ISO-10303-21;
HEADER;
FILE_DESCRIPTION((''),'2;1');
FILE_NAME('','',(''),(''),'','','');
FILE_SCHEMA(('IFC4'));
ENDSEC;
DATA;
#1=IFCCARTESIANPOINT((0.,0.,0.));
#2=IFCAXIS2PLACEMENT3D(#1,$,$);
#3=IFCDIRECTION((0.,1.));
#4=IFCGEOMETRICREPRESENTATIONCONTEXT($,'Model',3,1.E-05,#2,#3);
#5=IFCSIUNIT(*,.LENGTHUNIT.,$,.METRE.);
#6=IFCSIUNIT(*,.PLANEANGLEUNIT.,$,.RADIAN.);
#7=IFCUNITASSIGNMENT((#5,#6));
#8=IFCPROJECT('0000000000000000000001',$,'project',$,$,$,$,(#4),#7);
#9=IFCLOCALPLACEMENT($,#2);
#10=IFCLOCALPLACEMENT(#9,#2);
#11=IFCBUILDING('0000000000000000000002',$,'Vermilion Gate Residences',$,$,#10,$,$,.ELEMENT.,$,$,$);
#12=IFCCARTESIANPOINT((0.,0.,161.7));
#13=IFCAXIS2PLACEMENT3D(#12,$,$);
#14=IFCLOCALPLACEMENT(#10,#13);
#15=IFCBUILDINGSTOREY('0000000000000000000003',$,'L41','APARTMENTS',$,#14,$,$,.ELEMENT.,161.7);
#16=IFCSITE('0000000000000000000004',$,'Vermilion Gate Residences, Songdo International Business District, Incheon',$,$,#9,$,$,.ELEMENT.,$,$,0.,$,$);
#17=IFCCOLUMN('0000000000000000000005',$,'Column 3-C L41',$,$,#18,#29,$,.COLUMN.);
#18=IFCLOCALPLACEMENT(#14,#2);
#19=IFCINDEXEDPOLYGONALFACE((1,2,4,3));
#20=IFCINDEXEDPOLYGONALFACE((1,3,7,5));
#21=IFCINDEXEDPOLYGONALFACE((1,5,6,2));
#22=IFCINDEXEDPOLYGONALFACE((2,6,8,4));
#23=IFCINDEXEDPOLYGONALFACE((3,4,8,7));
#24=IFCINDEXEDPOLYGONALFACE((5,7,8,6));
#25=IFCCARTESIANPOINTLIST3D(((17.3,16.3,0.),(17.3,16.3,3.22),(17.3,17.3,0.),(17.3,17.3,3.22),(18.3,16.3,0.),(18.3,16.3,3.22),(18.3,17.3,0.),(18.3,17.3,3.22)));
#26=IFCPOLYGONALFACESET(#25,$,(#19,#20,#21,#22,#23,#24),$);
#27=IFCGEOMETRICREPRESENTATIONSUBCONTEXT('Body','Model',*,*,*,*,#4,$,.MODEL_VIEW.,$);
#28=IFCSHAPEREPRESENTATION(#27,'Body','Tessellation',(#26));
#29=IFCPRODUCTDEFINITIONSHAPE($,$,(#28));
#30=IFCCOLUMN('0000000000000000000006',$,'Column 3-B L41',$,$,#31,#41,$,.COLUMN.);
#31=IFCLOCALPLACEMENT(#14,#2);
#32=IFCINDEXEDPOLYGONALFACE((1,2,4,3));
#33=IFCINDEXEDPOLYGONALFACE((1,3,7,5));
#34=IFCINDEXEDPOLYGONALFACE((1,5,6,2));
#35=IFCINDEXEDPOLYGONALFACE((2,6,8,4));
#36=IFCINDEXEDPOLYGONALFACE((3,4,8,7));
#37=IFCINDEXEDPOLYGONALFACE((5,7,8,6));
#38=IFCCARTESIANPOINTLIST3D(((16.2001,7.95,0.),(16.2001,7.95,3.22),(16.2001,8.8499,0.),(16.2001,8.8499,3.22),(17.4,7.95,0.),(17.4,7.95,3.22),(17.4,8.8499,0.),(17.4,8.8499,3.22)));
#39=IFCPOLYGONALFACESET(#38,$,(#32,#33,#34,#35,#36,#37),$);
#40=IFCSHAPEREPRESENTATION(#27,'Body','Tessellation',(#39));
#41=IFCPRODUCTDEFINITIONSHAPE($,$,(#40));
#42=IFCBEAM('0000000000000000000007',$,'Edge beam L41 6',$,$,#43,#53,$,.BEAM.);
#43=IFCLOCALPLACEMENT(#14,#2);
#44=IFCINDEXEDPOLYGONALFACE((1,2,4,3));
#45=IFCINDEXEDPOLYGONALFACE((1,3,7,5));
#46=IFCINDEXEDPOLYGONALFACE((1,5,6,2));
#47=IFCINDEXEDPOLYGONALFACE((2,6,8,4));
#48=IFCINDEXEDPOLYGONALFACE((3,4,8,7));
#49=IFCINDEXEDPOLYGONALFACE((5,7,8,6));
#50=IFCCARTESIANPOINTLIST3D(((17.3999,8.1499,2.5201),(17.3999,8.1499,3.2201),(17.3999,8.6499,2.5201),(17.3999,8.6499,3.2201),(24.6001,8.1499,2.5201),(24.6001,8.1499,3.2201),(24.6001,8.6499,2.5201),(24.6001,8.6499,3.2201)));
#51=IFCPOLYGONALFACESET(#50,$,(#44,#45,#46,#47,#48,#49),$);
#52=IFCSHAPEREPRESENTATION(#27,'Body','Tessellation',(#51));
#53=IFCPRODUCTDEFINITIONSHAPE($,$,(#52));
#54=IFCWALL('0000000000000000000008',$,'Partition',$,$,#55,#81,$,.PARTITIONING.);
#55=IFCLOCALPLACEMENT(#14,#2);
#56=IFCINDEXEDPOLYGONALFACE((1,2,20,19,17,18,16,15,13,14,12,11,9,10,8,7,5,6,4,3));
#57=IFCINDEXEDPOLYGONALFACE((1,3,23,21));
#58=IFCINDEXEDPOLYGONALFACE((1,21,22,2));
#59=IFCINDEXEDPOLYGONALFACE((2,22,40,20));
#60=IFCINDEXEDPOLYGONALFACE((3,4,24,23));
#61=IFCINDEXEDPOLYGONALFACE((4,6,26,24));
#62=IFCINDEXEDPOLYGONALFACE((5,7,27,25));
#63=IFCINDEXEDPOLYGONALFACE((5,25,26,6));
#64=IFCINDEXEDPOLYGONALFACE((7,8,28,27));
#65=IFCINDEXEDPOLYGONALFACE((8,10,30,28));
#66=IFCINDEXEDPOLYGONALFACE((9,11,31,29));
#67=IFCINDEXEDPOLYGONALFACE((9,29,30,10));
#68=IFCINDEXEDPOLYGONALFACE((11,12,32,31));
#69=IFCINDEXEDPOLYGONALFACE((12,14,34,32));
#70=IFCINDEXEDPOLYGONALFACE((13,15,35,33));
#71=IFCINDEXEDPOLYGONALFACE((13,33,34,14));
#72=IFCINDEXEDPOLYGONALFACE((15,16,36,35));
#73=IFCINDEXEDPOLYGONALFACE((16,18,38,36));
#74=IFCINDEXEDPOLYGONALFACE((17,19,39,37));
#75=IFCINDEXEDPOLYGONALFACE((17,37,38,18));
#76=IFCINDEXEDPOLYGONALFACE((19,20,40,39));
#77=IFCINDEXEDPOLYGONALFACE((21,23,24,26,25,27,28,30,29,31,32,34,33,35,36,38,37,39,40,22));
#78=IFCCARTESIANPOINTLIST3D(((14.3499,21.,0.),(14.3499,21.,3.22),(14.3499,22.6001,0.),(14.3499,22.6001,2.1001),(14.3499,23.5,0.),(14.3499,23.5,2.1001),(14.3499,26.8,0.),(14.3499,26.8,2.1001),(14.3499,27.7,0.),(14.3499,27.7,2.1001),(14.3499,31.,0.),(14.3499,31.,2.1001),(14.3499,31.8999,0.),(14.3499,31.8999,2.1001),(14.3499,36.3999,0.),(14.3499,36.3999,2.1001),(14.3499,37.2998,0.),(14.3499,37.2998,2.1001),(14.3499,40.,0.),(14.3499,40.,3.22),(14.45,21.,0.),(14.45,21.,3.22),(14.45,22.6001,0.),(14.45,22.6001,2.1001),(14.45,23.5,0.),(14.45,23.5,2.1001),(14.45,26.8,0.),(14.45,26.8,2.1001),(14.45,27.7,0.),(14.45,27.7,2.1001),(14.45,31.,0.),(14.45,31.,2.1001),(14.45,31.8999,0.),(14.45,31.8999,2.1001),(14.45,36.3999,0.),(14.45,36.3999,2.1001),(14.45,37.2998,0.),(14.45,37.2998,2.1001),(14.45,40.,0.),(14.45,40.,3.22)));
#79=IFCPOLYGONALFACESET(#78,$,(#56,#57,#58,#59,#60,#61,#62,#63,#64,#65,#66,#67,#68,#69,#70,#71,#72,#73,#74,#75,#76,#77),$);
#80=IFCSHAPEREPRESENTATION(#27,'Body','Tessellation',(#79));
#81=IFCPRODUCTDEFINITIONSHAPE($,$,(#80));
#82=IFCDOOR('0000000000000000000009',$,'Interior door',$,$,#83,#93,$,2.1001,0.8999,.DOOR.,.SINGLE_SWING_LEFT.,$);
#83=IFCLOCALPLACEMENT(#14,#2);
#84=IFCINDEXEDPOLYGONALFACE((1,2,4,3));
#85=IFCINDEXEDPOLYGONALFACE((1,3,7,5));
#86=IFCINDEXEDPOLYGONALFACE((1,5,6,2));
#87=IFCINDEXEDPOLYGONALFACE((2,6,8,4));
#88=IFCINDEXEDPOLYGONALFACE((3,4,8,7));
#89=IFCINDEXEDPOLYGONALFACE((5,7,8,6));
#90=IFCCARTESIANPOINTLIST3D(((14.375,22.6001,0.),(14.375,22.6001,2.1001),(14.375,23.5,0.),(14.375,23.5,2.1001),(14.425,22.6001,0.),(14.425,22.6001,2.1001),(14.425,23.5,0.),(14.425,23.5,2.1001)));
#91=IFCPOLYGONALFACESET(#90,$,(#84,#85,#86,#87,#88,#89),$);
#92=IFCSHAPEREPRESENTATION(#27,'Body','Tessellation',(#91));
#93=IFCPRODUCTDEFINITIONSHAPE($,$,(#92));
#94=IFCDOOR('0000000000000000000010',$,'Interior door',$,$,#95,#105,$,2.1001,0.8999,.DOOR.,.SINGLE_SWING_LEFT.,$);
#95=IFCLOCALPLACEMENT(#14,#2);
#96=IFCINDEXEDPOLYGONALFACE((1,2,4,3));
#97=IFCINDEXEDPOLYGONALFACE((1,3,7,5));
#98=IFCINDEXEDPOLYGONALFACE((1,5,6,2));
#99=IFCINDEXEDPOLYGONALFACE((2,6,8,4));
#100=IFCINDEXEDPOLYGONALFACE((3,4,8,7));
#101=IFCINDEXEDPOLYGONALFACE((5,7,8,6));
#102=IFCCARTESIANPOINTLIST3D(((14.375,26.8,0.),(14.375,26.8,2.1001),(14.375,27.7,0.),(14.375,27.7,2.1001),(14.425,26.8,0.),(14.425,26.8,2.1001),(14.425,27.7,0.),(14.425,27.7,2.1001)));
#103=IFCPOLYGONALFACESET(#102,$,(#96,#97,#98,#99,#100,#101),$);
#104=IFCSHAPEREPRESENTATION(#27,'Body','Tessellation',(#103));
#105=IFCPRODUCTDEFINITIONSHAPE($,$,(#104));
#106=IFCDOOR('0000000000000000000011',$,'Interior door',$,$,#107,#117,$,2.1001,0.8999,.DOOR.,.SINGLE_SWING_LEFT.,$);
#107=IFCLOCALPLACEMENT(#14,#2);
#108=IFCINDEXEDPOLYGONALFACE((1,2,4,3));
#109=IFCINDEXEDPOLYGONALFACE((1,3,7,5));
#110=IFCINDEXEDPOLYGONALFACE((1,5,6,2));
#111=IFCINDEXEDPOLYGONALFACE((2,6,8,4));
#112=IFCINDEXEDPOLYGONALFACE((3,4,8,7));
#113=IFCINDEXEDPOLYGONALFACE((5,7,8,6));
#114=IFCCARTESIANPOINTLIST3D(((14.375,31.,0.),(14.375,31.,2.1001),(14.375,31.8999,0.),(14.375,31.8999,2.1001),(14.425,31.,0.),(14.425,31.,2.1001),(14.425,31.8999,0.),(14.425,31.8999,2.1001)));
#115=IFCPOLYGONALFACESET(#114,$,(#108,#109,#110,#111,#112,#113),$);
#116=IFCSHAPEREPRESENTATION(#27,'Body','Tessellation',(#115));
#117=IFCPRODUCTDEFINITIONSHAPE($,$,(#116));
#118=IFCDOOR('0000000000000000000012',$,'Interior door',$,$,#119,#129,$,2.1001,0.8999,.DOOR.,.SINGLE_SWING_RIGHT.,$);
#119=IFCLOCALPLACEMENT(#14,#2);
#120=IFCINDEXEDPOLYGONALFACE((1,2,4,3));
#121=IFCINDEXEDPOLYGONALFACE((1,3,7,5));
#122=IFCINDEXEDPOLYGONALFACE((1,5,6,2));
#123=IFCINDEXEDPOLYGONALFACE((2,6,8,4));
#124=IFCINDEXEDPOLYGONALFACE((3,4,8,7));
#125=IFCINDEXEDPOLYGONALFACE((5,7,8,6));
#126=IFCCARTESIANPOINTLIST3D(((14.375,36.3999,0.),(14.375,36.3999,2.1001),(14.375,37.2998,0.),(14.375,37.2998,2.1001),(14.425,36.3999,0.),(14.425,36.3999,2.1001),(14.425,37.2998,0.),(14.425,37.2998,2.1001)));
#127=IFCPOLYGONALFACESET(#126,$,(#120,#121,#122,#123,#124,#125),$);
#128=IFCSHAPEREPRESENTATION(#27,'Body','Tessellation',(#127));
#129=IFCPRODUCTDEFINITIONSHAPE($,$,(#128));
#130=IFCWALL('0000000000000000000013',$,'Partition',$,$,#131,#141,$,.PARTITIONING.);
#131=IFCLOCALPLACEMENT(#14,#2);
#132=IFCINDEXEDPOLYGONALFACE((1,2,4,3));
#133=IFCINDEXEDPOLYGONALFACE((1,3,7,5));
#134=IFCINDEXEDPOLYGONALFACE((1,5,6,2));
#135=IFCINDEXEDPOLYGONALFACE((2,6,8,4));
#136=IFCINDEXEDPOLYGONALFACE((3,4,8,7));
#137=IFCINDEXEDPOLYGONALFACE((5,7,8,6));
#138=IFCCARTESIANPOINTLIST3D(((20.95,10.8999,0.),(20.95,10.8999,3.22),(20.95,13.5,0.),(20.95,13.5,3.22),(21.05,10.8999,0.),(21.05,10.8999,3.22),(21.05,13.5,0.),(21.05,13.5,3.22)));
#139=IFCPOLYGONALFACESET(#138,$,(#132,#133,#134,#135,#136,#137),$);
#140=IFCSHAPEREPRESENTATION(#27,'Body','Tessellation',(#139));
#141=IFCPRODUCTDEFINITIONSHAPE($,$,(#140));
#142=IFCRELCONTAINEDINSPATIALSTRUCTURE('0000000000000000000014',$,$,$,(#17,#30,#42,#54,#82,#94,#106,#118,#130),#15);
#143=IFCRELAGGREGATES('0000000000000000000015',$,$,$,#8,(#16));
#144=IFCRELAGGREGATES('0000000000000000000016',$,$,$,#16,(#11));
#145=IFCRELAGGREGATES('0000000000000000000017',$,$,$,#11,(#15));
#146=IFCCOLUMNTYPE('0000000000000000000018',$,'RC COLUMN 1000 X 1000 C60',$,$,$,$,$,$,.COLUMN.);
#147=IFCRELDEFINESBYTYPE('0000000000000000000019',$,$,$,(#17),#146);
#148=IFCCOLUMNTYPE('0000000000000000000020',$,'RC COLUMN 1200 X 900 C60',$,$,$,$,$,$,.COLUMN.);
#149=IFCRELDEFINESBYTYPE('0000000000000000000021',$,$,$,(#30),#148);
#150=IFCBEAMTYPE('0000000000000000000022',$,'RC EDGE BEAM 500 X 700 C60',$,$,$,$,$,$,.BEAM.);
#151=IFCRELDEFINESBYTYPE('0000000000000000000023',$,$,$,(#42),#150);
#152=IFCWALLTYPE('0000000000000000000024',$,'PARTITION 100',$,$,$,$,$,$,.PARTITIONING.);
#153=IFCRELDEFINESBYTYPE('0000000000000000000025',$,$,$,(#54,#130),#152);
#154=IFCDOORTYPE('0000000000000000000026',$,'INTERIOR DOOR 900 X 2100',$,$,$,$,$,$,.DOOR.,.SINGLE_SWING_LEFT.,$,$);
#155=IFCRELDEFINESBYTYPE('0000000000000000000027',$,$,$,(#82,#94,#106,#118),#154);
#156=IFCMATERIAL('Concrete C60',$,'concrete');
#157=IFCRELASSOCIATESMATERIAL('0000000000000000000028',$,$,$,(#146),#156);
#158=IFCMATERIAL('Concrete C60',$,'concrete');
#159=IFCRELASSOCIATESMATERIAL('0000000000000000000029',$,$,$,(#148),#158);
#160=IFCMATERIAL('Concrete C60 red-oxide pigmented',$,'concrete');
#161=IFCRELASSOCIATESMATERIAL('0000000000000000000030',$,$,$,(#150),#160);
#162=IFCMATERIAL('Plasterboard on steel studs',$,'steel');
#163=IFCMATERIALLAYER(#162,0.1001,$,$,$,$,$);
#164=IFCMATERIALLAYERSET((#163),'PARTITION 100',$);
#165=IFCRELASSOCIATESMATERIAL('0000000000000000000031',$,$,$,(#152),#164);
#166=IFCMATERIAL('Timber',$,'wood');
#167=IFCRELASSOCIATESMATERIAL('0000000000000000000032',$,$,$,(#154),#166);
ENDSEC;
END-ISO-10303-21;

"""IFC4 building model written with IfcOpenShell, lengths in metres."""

from ifc_helpers import new_model, si_unit, direction, frame, frame_2d, origin, origin_2d, place, context, subcontext, project, spatial, rectangle, extrude, material, layer, layer_set, material_profile, profile_set, type_object, element, fill, save


model = new_model("IFC4")

# Units and contexts
model_context = context("Model", 3, precision=1e-05, world=origin(), true_north=direction((0.0, 1.0)))
body_context = subcontext(model_context, "Body", "Model", "MODEL_VIEW")
ifc_project = project(units=[si_unit("LENGTHUNIT", "METRE"), si_unit("PLANEANGLEUNIT", "RADIAN")], contexts=[model_context])

# Site, building, storey
site_placement = place(None, origin())
site = spatial("IfcSite", under=ifc_project, at=site_placement, Name="Vermilion Gate Residences, Songdo International Business District, Incheon", CompositionType="ELEMENT", RefElevation=0.0)
building_placement = place(site_placement, origin())
building = spatial("IfcBuilding", under=site, at=building_placement, Name="Vermilion Gate Residences", CompositionType="ELEMENT")
storey_placement = place(building_placement, frame((0.0, 0.0, 161.7)))
storey = spatial("IfcBuildingStorey", under=building, at=storey_placement, Name="L41", Description="APARTMENTS", CompositionType="ELEMENT", Elevation=161.7)

# Columns
ifc_material_1 = material(Name="Concrete C60", Category="concrete")
ifc_material_profile_1 = material_profile(ifc_material_1, rectangle(XDim=1.0, YDim=1.0, at=origin_2d()), Name="RC-1000x1000")
ifc_profile_set_1 = profile_set([ifc_material_profile_1], Name="Concrete C60")
column_type_1 = type_object("IfcColumnType", Name="RC COLUMN 1000 X 1000 C60", PredefinedType="COLUMN", material=ifc_profile_set_1)
column_1_placement = place(storey_placement, frame((17.8, 16.8, 0.0), z_axis=(0.0, 0.0, 1.0), x_axis=(1.0, 0.0, 0.0)))
element("IfcColumn", 1, at=column_1_placement, inside=storey, type_object=column_type_1, Name="Column 3-C L41", PredefinedType="COLUMN", context=body_context, shape_type="SweptSolid", body=[
    extrude(rectangle(XDim=1.0, YDim=1.0, at=origin_2d()), origin(), (0.0, 0.0, 1.0), 3.22),
])
ifc_material_2 = material(Name="Concrete C60", Category="concrete")
ifc_material_profile_2 = material_profile(ifc_material_2, rectangle(XDim=1.2, YDim=0.8999, at=origin_2d()), Name="RC-1200x900")
ifc_profile_set_2 = profile_set([ifc_material_profile_2], Name="Concrete C60")
column_type_2 = type_object("IfcColumnType", Name="RC COLUMN 1200 X 900 C60", PredefinedType="COLUMN", material=ifc_profile_set_2)
column_2_placement = place(storey_placement, frame((16.8, 8.3999, 0.0), z_axis=(0.0, 0.0, 1.0), x_axis=(1.0, 0.0, 0.0)))
element("IfcColumn", 2, at=column_2_placement, inside=storey, type_object=column_type_2, Name="Column 3-B L41", PredefinedType="COLUMN", context=body_context, shape_type="SweptSolid", body=[
    extrude(rectangle(XDim=1.2, YDim=0.8999, at=origin_2d()), origin(), (0.0, 0.0, 1.0), 3.22),
])

# Beam
ifc_material_3 = material(Name="Concrete C60 red-oxide pigmented", Category="concrete")
ifc_material_profile_3 = material_profile(ifc_material_3, rectangle(XDim=0.5, YDim=0.7, at=origin_2d()), Name="RC-500x700")
ifc_profile_set_3 = profile_set([ifc_material_profile_3], Name="Concrete C60 red-oxide pigmented")
beam_type = type_object("IfcBeamType", Name="RC EDGE BEAM 500 X 700 C60", PredefinedType="BEAM", material=ifc_profile_set_3)
beam_placement = place(storey_placement, frame((17.3999, 8.3999, 2.8701), z_axis=(1.0, 0.0, 0.0), x_axis=(0.0, 1.0, 0.0)))
element("IfcBeam", 3, at=beam_placement, inside=storey, type_object=beam_type, Name="Edge beam L41 6", PredefinedType="BEAM", context=body_context, shape_type="SweptSolid", body=[
    extrude(rectangle(XDim=0.5, YDim=0.7, at=origin_2d()), origin(), (0.0, 0.0, 1.0), 7.2002),
])

# Wall, openings, doors
ifc_material_4 = material(Name="Plasterboard on steel studs", Category="steel")
ifc_layer_1 = layer(ifc_material_4, 0.1001)
ifc_layer_set_1 = layer_set([ifc_layer_1], Name="PARTITION 100")
wall_type_1 = type_object("IfcWallType", Name="PARTITION 100", PredefinedType="PARTITIONING", material=ifc_layer_set_1)
wall_1_placement = place(storey_placement, frame((14.3999, 21.0, 0.0), z_axis=(0.0, 0.0, 1.0), x_axis=(0.0, 1.0, 0.0)))
wall_1 = element("IfcWall", 4, at=wall_1_placement, inside=storey, type_object=wall_type_1, Name="Partition", PredefinedType="PARTITIONING", context=body_context, shape_type="SweptSolid", body=[
    extrude(rectangle(XDim=19.0, YDim=0.1001, at=frame_2d((9.5, 0.0))), origin(), (0.0, 0.0, 1.0), 3.22),
])
opening_1_placement = place(wall_1_placement, frame((1.6001, 0.0, 0.0)))
opening_1 = element("IfcOpeningElement", 5, at=opening_1_placement, cuts=wall_1, PredefinedType="OPENING", context=body_context, shape_type="SweptSolid", body=[
    extrude(rectangle(XDim=0.8999, YDim=2.1001, at=frame_2d((0.45, 1.05))), frame((0.0, 0.0601, 0.0), z_axis=(0.0, -1.0, 0.0), x_axis=(1.0, 0.0, 0.0)), (0.0, 0.0, 1.0), 0.1201),
])
opening_2_placement = place(wall_1_placement, frame((5.8, 0.0, 0.0)))
opening_2 = element("IfcOpeningElement", 6, at=opening_2_placement, cuts=wall_1, PredefinedType="OPENING", context=body_context, shape_type="SweptSolid", body=[
    extrude(rectangle(XDim=0.8999, YDim=2.1001, at=frame_2d((0.45, 1.05))), frame((0.0, 0.0601, 0.0), z_axis=(0.0, -1.0, 0.0), x_axis=(1.0, 0.0, 0.0)), (0.0, 0.0, 1.0), 0.1201),
])
opening_3_placement = place(wall_1_placement, frame((10.0, 0.0, 0.0)))
opening_3 = element("IfcOpeningElement", 7, at=opening_3_placement, cuts=wall_1, PredefinedType="OPENING", context=body_context, shape_type="SweptSolid", body=[
    extrude(rectangle(XDim=0.8999, YDim=2.1001, at=frame_2d((0.45, 1.05))), frame((0.0, 0.0601, 0.0), z_axis=(0.0, -1.0, 0.0), x_axis=(1.0, 0.0, 0.0)), (0.0, 0.0, 1.0), 0.1201),
])
opening_4_placement = place(wall_1_placement, frame((15.3999, 0.0, 0.0)))
opening_4 = element("IfcOpeningElement", 8, at=opening_4_placement, cuts=wall_1, PredefinedType="OPENING", context=body_context, shape_type="SweptSolid", body=[
    extrude(rectangle(XDim=0.8999, YDim=2.1001, at=frame_2d((0.45, 1.05))), frame((0.0, 0.0601, 0.0), z_axis=(0.0, -1.0, 0.0), x_axis=(1.0, 0.0, 0.0)), (0.0, 0.0, 1.0), 0.1201),
])
ifc_material_5 = material(Name="Timber", Category="wood")
door_type_1 = type_object("IfcDoorType", Name="INTERIOR DOOR 900 X 2100", OperationType="SINGLE_SWING_LEFT", PredefinedType="DOOR", material=ifc_material_5)
door_1_placement = place(opening_1_placement, origin())
door_1 = element("IfcDoor", 9, at=door_1_placement, inside=storey, type_object=door_type_1, Name="Interior door", OperationType="SINGLE_SWING_LEFT", OverallHeight=2.1001, OverallWidth=0.8999, PredefinedType="DOOR", context=body_context, shape_type="SweptSolid", body=[
    extrude(rectangle(XDim=0.8999, YDim=2.1001, at=frame_2d((0.45, 1.05))), frame((0.0, 0.0249, 0.0), z_axis=(0.0, -1.0, 0.0), x_axis=(1.0, 0.0, 0.0)), (0.0, 0.0, 1.0), 0.05),
])
fill(opening_1, door_1)
door_2_placement = place(opening_2_placement, origin())
door_2 = element("IfcDoor", 10, at=door_2_placement, inside=storey, type_object=door_type_1, Name="Interior door", OperationType="SINGLE_SWING_LEFT", OverallHeight=2.1001, OverallWidth=0.8999, PredefinedType="DOOR", context=body_context, shape_type="SweptSolid", body=[
    extrude(rectangle(XDim=0.8999, YDim=2.1001, at=frame_2d((0.45, 1.05))), frame((0.0, 0.0249, 0.0), z_axis=(0.0, -1.0, 0.0), x_axis=(1.0, 0.0, 0.0)), (0.0, 0.0, 1.0), 0.05),
])
fill(opening_2, door_2)
door_3_placement = place(opening_3_placement, origin())
door_3 = element("IfcDoor", 11, at=door_3_placement, inside=storey, type_object=door_type_1, Name="Interior door", OperationType="SINGLE_SWING_LEFT", OverallHeight=2.1001, OverallWidth=0.8999, PredefinedType="DOOR", context=body_context, shape_type="SweptSolid", body=[
    extrude(rectangle(XDim=0.8999, YDim=2.1001, at=frame_2d((0.45, 1.05))), frame((0.0, 0.0249, 0.0), z_axis=(0.0, -1.0, 0.0), x_axis=(1.0, 0.0, 0.0)), (0.0, 0.0, 1.0), 0.05),
])
fill(opening_3, door_3)
door_4_placement = place(opening_4_placement, origin())
door_4 = element("IfcDoor", 12, at=door_4_placement, inside=storey, type_object=door_type_1, Name="Interior door", OperationType="SINGLE_SWING_RIGHT", OverallHeight=2.1001, OverallWidth=0.8999, PredefinedType="DOOR", context=body_context, shape_type="SweptSolid", body=[
    extrude(rectangle(XDim=0.8999, YDim=2.1001, at=frame_2d((0.45, 1.05))), frame((0.0, 0.0249, 0.0), z_axis=(0.0, -1.0, 0.0), x_axis=(1.0, 0.0, 0.0)), (0.0, 0.0, 1.0), 0.05),
])
fill(opening_4, door_4)

# Wall
wall_2_placement = place(storey_placement, frame((21.0, 10.8999, 0.0), z_axis=(0.0, 0.0, 1.0), x_axis=(0.0, 1.0, 0.0)))
element("IfcWall", 13, at=wall_2_placement, inside=storey, type_object=wall_type_1, Name="Partition", PredefinedType="PARTITIONING", context=body_context, shape_type="SweptSolid", body=[
    extrude(rectangle(XDim=2.6001, YDim=0.1001, at=frame_2d((1.3, 0.0))), origin(), (0.0, 0.0, 1.0), 3.22),
])

save(model, "model.ifc")
